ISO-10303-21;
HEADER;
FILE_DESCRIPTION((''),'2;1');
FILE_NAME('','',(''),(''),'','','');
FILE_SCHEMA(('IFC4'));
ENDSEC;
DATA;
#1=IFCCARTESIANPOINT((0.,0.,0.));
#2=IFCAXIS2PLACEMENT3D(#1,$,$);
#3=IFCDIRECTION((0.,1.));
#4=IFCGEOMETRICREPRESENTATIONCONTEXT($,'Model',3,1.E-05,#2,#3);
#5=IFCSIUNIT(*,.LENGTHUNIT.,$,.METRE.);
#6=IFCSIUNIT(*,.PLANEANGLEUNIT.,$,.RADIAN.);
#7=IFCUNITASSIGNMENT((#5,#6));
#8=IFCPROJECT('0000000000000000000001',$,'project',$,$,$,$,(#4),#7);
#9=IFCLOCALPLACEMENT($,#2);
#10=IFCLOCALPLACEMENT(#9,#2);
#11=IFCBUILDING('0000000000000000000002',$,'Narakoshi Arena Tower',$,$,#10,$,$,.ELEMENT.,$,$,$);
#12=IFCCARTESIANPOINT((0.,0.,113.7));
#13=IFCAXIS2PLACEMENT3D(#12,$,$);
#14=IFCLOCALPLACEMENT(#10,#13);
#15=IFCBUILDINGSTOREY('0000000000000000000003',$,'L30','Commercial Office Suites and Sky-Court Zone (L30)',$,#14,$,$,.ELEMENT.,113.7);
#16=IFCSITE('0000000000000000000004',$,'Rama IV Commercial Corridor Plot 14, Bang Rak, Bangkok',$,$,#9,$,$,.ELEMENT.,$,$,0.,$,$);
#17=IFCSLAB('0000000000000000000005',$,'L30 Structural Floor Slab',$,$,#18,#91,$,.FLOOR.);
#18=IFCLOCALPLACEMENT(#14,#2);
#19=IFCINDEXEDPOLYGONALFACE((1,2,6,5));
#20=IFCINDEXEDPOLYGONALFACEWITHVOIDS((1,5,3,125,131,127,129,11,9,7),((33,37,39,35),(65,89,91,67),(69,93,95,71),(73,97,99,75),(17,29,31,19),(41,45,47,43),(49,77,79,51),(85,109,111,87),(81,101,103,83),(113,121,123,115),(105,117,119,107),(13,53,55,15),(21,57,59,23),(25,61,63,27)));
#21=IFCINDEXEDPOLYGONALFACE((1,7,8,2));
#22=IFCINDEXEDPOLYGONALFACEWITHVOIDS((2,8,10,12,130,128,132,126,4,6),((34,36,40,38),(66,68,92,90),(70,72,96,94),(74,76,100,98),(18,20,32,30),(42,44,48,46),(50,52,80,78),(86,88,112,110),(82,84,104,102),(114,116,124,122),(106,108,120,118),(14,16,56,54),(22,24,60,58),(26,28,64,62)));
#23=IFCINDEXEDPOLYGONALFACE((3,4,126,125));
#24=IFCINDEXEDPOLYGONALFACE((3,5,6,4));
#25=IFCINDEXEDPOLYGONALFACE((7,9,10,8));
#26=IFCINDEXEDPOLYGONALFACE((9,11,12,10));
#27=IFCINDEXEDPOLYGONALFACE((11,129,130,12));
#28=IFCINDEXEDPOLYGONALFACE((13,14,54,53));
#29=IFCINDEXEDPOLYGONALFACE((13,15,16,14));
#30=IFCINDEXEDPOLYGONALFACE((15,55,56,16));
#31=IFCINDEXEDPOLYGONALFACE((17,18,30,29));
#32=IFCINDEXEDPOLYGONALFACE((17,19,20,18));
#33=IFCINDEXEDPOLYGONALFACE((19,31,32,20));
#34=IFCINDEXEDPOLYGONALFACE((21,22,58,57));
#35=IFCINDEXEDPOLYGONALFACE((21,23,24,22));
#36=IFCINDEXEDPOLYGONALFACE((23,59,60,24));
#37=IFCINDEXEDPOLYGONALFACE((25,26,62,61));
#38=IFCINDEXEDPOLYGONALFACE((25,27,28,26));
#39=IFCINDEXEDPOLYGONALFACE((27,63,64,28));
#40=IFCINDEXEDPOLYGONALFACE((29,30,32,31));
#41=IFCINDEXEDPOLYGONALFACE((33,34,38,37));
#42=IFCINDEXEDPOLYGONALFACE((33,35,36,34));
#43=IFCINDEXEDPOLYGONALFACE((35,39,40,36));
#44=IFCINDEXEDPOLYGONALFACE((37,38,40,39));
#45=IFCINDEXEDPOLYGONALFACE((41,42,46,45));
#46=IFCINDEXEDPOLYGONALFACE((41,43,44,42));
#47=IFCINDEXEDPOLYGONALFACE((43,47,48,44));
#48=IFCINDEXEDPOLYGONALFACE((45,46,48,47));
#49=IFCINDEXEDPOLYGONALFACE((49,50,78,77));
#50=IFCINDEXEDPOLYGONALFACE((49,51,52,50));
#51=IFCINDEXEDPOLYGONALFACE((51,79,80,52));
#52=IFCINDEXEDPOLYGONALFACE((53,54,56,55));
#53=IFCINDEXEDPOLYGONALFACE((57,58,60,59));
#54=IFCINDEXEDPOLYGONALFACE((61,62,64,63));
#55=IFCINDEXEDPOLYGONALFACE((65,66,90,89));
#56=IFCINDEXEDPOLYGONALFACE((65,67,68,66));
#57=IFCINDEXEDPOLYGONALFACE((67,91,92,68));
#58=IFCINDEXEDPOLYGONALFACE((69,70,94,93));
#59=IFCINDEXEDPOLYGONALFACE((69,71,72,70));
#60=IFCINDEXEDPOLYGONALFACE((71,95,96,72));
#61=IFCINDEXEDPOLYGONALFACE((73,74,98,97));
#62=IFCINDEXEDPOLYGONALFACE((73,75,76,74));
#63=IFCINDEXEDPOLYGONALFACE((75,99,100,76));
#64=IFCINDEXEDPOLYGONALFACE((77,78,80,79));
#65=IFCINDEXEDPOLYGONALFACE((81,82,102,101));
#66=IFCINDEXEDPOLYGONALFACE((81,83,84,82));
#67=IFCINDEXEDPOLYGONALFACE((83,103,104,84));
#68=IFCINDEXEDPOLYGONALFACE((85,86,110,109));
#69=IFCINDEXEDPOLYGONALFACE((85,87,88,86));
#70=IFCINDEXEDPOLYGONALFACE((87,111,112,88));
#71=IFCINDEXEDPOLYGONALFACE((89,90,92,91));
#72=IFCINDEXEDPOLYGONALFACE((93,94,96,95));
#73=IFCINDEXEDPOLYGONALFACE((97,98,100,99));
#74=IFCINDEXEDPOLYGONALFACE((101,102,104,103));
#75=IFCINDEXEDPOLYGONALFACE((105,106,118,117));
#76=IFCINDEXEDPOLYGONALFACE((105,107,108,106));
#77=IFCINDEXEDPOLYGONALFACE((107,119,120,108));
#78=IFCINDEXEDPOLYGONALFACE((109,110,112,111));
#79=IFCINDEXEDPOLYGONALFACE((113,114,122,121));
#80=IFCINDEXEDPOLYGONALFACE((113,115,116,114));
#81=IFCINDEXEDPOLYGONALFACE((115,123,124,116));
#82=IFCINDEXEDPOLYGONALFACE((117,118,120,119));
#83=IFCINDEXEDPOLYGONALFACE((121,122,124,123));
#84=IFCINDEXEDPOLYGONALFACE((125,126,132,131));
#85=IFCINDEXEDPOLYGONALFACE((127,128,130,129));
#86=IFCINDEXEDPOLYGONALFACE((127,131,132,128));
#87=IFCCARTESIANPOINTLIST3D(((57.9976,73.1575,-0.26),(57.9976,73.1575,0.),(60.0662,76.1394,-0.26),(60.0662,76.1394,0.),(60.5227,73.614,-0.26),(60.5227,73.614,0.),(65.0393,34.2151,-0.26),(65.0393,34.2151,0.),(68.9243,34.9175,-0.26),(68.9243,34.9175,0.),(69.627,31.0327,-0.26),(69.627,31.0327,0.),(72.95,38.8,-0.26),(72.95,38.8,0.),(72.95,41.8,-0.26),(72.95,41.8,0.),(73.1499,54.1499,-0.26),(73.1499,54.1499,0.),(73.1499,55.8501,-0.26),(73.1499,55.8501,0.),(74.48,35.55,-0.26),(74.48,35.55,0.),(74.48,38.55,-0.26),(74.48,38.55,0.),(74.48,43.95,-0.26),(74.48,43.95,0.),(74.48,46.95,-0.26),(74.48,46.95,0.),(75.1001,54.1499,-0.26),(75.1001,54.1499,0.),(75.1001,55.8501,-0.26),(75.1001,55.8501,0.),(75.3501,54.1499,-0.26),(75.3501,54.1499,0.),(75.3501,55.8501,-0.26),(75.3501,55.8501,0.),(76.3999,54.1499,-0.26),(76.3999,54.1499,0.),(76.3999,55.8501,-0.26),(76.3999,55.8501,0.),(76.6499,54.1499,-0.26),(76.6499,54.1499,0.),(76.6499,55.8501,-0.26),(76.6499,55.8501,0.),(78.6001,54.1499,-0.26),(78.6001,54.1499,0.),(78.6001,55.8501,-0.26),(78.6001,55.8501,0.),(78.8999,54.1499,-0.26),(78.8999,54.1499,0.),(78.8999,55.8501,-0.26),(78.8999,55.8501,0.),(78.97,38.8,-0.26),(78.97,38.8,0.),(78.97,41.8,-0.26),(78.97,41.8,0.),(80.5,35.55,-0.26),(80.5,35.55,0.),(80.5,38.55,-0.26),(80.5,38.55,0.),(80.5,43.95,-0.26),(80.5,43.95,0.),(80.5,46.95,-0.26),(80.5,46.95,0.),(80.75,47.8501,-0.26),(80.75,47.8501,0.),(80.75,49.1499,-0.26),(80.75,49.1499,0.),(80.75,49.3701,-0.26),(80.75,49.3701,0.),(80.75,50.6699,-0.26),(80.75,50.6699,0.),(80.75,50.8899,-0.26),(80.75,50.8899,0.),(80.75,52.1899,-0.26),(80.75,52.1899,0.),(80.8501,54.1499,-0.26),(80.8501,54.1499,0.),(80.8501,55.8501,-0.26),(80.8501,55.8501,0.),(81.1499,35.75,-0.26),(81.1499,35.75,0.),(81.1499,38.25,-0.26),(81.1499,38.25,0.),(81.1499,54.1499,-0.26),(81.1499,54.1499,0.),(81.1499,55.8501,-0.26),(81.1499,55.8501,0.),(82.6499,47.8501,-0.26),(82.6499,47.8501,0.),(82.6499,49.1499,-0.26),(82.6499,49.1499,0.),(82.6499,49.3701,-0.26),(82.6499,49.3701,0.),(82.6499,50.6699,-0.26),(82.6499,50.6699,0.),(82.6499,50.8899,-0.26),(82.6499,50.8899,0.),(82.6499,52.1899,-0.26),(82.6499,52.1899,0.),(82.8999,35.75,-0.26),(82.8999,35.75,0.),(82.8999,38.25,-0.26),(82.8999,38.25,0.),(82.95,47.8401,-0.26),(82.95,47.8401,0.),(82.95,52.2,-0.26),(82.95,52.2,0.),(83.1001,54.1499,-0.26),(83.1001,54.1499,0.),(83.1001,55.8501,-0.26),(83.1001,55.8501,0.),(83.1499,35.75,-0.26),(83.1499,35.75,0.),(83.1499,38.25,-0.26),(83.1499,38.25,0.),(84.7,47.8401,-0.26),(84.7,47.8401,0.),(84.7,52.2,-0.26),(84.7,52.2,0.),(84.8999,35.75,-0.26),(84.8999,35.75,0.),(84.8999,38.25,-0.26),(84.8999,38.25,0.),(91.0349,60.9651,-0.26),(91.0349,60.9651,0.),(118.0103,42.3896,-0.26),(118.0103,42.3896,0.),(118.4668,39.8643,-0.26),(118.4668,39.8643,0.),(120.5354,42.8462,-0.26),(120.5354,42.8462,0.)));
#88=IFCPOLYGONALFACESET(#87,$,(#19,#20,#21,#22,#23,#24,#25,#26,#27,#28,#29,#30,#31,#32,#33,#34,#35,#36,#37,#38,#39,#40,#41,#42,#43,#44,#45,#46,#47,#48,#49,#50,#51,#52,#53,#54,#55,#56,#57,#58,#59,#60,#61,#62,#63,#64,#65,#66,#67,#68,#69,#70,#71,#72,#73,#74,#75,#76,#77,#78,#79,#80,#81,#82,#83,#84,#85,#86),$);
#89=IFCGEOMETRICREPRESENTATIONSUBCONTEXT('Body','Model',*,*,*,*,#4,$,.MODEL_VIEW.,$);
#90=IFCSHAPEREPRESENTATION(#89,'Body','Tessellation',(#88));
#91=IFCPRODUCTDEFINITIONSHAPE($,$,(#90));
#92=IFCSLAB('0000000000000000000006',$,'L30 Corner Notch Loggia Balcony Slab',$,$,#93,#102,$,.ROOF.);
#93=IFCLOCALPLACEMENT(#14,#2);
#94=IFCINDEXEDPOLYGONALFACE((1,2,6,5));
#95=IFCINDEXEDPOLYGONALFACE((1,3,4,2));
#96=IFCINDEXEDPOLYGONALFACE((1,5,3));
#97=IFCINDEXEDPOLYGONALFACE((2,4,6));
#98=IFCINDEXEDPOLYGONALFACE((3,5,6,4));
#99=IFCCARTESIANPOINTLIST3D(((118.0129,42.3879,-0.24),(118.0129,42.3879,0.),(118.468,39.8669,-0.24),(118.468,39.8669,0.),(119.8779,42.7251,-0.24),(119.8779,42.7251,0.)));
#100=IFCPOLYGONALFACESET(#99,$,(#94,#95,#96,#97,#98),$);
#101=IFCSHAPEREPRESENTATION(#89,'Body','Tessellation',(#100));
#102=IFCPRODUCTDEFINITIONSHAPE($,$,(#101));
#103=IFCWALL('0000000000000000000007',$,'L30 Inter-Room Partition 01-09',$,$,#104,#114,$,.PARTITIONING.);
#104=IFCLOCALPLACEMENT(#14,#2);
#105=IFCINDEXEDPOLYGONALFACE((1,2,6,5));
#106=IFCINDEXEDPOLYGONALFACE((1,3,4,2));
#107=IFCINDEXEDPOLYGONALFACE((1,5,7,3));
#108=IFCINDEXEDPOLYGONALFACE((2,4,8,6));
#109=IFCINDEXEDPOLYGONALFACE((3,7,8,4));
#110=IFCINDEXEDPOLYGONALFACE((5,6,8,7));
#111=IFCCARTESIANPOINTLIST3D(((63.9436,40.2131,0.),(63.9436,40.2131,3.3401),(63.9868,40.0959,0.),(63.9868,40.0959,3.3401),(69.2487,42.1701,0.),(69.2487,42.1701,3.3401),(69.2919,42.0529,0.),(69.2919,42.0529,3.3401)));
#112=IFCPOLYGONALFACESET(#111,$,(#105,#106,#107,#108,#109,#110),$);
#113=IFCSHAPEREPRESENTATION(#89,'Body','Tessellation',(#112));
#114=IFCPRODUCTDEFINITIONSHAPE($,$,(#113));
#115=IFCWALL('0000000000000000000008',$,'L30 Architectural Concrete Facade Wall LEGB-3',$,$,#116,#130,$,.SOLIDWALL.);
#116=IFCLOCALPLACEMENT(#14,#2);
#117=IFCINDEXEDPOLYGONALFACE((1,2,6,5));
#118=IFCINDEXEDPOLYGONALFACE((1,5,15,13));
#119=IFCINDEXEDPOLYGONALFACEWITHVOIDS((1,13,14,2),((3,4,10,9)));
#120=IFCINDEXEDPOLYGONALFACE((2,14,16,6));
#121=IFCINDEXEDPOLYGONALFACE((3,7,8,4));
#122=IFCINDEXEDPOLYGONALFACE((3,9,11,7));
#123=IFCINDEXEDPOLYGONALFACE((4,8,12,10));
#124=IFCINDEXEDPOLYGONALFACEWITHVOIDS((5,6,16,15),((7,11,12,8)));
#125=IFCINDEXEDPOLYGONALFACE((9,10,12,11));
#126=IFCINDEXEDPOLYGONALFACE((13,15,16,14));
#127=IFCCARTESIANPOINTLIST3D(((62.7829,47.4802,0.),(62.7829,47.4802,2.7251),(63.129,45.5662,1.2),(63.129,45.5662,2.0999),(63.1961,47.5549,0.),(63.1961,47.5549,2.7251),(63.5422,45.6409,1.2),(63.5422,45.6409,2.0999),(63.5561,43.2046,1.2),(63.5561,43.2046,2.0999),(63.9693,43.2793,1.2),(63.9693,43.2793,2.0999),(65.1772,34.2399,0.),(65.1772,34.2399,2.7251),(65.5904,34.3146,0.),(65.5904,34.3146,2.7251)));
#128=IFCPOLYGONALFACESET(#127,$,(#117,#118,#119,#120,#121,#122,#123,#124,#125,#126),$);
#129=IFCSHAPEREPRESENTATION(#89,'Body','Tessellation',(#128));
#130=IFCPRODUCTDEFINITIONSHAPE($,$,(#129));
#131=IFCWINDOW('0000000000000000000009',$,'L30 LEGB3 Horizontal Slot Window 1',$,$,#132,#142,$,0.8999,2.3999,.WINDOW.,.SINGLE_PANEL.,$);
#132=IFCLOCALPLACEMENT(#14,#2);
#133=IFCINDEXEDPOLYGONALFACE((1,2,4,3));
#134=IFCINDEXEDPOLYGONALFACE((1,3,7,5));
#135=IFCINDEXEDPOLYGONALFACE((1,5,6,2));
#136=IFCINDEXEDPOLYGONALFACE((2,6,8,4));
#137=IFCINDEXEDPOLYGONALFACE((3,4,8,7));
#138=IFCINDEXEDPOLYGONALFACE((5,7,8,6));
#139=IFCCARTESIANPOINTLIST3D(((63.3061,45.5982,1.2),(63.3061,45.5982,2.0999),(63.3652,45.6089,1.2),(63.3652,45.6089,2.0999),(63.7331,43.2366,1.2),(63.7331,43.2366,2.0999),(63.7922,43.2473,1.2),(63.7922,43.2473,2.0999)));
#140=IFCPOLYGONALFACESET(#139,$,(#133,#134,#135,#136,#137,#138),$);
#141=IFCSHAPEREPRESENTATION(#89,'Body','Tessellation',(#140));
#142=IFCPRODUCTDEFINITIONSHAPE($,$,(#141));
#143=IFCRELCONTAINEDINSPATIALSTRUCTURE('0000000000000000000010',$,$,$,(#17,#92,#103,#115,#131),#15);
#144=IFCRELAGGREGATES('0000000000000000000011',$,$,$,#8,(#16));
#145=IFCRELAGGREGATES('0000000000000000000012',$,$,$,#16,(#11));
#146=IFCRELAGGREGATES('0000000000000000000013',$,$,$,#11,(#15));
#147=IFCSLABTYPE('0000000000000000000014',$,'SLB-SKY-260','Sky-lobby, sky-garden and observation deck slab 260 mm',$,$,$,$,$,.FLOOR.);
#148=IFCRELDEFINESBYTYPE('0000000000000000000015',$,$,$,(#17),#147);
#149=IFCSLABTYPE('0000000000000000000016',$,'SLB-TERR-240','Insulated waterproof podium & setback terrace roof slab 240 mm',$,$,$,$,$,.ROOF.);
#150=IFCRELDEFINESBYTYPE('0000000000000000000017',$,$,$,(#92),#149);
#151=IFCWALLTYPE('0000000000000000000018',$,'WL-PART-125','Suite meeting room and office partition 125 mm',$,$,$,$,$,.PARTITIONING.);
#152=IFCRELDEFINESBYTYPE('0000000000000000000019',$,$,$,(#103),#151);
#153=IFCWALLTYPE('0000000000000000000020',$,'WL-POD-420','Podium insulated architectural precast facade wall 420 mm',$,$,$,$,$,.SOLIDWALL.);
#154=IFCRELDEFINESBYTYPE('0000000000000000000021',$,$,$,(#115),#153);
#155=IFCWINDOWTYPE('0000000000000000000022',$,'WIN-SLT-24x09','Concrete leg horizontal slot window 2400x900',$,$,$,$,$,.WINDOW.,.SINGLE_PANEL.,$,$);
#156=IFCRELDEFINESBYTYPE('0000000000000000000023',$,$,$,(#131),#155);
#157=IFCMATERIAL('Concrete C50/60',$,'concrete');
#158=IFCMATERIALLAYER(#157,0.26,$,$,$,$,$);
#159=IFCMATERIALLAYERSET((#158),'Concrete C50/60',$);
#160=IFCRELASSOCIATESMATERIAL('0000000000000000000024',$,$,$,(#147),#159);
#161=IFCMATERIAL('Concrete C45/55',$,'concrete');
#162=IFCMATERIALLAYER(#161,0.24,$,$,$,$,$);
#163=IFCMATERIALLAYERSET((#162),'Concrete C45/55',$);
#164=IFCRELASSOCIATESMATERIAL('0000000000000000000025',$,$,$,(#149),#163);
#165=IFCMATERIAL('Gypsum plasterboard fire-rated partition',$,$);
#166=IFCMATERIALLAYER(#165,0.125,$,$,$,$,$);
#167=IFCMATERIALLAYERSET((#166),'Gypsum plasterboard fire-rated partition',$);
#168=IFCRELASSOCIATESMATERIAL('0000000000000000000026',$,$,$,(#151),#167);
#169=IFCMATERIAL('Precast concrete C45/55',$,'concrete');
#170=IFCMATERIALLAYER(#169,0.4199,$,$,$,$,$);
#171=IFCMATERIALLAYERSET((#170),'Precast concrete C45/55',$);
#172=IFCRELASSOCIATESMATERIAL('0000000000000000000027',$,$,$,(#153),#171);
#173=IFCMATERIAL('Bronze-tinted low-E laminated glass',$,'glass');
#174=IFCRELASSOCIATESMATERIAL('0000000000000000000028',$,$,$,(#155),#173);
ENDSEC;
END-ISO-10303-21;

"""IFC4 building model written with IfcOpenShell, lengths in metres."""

from ifc_helpers import new_model, si_unit, direction, frame, frame_2d, origin, place, context, subcontext, project, spatial, polyline, rectangle, outline, extrude, material, layer, layer_set, type_object, element, fill, save


model = new_model("IFC4")

# Units and contexts
model_context = context("Model", 3, precision=1e-05, world=origin(), true_north=direction((0.0, 1.0)))
body_context = subcontext(model_context, "Body", "Model", "MODEL_VIEW")
ifc_project = project(units=[si_unit("LENGTHUNIT", "METRE"), si_unit("PLANEANGLEUNIT", "RADIAN")], contexts=[model_context])

# Site, building, storey
site_placement = place(None, origin())
site = spatial("IfcSite", under=ifc_project, at=site_placement, Name="Rama IV Commercial Corridor Plot 14, Bang Rak, Bangkok", CompositionType="ELEMENT", RefElevation=0.0)
building_placement = place(site_placement, origin())
building = spatial("IfcBuilding", under=site, at=building_placement, Name="Narakoshi Arena Tower", CompositionType="ELEMENT")
storey_placement = place(building_placement, frame((0.0, 0.0, 113.7)))
storey = spatial("IfcBuildingStorey", under=building, at=storey_placement, Name="L30", Description="Commercial Office Suites and Sky-Court Zone (L30)", CompositionType="ELEMENT", Elevation=113.7)

# Shared definitions
ifc_material_1 = material(Name="Concrete C45/55", Category="concrete")

# Slabs
ifc_material_2 = material(Name="Concrete C50/60", Category="concrete")
ifc_layer_1 = layer(ifc_material_2, 0.26)
ifc_layer_set_1 = layer_set([ifc_layer_1], Name="Concrete C50/60")
slab_type_1 = type_object("IfcSlabType", Name="SLB-SKY-260", Description="Sky-lobby, sky-garden and observation deck slab 260 mm", PredefinedType="FLOOR", material=ifc_layer_set_1)
slab_1_placement = place(storey_placement, frame((0.0, 0.0, -0.26)))
element("IfcSlab", 1, at=slab_1_placement, inside=storey, type_object=slab_type_1, Name="L30 Structural Floor Slab", PredefinedType="FLOOR", context=body_context, shape_type="SweptSolid", body=[
    extrude(outline(polyline([(69.627, 31.0327), (118.4668, 39.8643), (118.0103, 42.3896), (120.5354, 42.8462), (91.0349, 60.9651), (60.0662, 76.1394), (60.5227, 73.614), (57.9976, 73.1575), (65.0393, 34.2151), (68.9243, 34.9175), (69.627, 31.0327)]), holes=[polyline([(80.5, 35.55), (74.48, 35.55), (74.48, 38.55), (80.5, 38.55), (80.5, 35.55)]), polyline([(82.8999, 35.75), (81.1499, 35.75), (81.1499, 38.25), (82.8999, 38.25), (82.8999, 35.75)]), polyline([(83.1499, 35.75), (83.1499, 38.25), (84.8999, 38.25), (84.8999, 35.75), (83.1499, 35.75)]), polyline([(72.95, 38.8), (72.95, 41.8), (78.97, 41.8), (78.97, 38.8), (72.95, 38.8)]), polyline([(74.48, 43.95), (74.48, 46.95), (80.5, 46.95), (80.5, 43.95), (74.48, 43.95)]), polyline([(82.95, 47.8401), (82.95, 52.2), (84.7, 52.2), (84.7, 47.8401), (82.95, 47.8401)]), polyline([(80.75, 47.8501), (80.75, 49.1499), (82.6499, 49.1499), (82.6499, 47.8501), (80.75, 47.8501)]), polyline([(80.75, 49.3701), (80.75, 50.6699), (82.6499, 50.6699), (82.6499, 49.3701), (80.75, 49.3701)]), polyline([(80.75, 50.8899), (80.75, 52.1899), (82.6499, 52.1899), (82.6499, 50.8899), (80.75, 50.8899)]), polyline([(73.1499, 54.1499), (73.1499, 55.8501), (75.1001, 55.8501), (75.1001, 54.1499), (73.1499, 54.1499)]), polyline([(75.3501, 54.1499), (75.3501, 55.8501), (76.3999, 55.8501), (76.3999, 54.1499), (75.3501, 54.1499)]), polyline([(76.6499, 54.1499), (76.6499, 55.8501), (78.6001, 55.8501), (78.6001, 54.1499), (76.6499, 54.1499)]), polyline([(78.8999, 54.1499), (78.8999, 55.8501), (80.8501, 55.8501), (80.8501, 54.1499), (78.8999, 54.1499)]), polyline([(81.1499, 54.1499), (81.1499, 55.8501), (83.1001, 55.8501), (83.1001, 54.1499), (81.1499, 54.1499)])]), origin(), (0.0, 0.0, 1.0), 0.26),
])
ifc_layer_2 = layer(ifc_material_1, 0.24)
ifc_layer_set_2 = layer_set([ifc_layer_2], Name="Concrete C45/55")
slab_type_2 = type_object("IfcSlabType", Name="SLB-TERR-240", Description="Insulated waterproof podium & setback terrace roof slab 240 mm", PredefinedType="ROOF", material=ifc_layer_set_2)
slab_2_placement = place(storey_placement, frame((0.0, 0.0, -0.24)))
element("IfcSlab", 2, at=slab_2_placement, inside=storey, type_object=slab_type_2, Name="L30 Corner Notch Loggia Balcony Slab", PredefinedType="ROOF", context=body_context, shape_type="SweptSolid", body=[
    extrude(outline(polyline([(119.8779, 42.7251), (118.0129, 42.3879), (118.468, 39.8669), (119.8779, 42.7251)])), origin(), (0.0, 0.0, 1.0), 0.24),
])

# Wall
ifc_material_3 = material(Name="Gypsum plasterboard fire-rated partition")
ifc_layer_3 = layer(ifc_material_3, 0.125)
ifc_layer_set_3 = layer_set([ifc_layer_3], Name="Gypsum plasterboard fire-rated partition")
wall_type_1 = type_object("IfcWallType", Name="WL-PART-125", Description="Suite meeting room and office partition 125 mm", PredefinedType="PARTITIONING", material=ifc_layer_set_3)
wall_1_placement = place(storey_placement, frame((63.9653, 40.1545, 0.0), z_axis=(0.0, 0.0, 1.0), x_axis=(0.9382, 0.346093, 0.0)))
element("IfcWall", 3, at=wall_1_placement, inside=storey, type_object=wall_type_1, Name="L30 Inter-Room Partition 01-09", PredefinedType="PARTITIONING", context=body_context, shape_type="SweptSolid", body=[
    extrude(rectangle(XDim=5.6545, YDim=0.125, at=frame_2d((2.8271, 0.0))), origin(), (0.0, 0.0, 1.0), 3.3401),
])

# Wall, opening, window
ifc_material_4 = material(Name="Precast concrete C45/55", Category="concrete")
ifc_layer_4 = layer(ifc_material_4, 0.4199)
ifc_layer_set_4 = layer_set([ifc_layer_4], Name="Precast concrete C45/55")
wall_type_2 = type_object("IfcWallType", Name="WL-POD-420", Description="Podium insulated architectural precast facade wall 420 mm", PredefinedType="SOLIDWALL", material=ifc_layer_set_4)
wall_2_placement = place(storey_placement, frame((62.9895, 47.5176, 0.0), z_axis=(0.0, 0.0, 1.0), x_axis=(0.177948, -0.98404, 0.0)))
wall_2 = element("IfcWall", 4, at=wall_2_placement, inside=storey, type_object=wall_type_2, Name="L30 Architectural Concrete Facade Wall LEGB-3", PredefinedType="SOLIDWALL", context=body_context, shape_type="SweptSolid", body=[
    extrude(rectangle(XDim=13.4551, YDim=0.4199, at=frame_2d((6.7275, 0.0))), origin(), (0.0, 0.0, 1.0), 2.7251),
])
opening_1_placement = place(wall_2_placement, frame((1.9451, 0.0, 1.2)))
opening_1 = element("IfcOpeningElement", 5, at=opening_1_placement, cuts=wall_2, PredefinedType="OPENING", context=body_context, shape_type="SweptSolid", body=[
    extrude(rectangle(XDim=2.3999, YDim=0.8999, at=frame_2d((1.2, 0.45))), frame((0.0, 0.22, 0.0), z_axis=(0.0, -1.0, 0.0), x_axis=(1.0, 0.0, 0.0)), (0.0, 0.0, 1.0), 0.4399),
])
ifc_material_5 = material(Name="Bronze-tinted low-E laminated glass", Category="glass")
window_type_1 = type_object("IfcWindowType", Name="WIN-SLT-24x09", Description="Concrete leg horizontal slot window 2400x900", PartitioningType="SINGLE_PANEL", PredefinedType="WINDOW", material=ifc_material_5)
window_1_placement = place(opening_1_placement, origin())
window_1 = element("IfcWindow", 6, at=window_1_placement, inside=storey, type_object=window_type_1, Name="L30 LEGB3 Horizontal Slot Window 1", OverallHeight=0.8999, OverallWidth=2.3999, PartitioningType="SINGLE_PANEL", PredefinedType="WINDOW", context=body_context, shape_type="SweptSolid", body=[
    extrude(rectangle(XDim=2.3999, YDim=0.8999, at=frame_2d((1.2, 0.45))), frame((0.0, 0.03, 0.0), z_axis=(0.0, -1.0, 0.0), x_axis=(1.0, 0.0, 0.0)), (0.0, 0.0, 1.0), 0.0601),
])
fill(opening_1, window_1)

save(model, "model.ifc")
